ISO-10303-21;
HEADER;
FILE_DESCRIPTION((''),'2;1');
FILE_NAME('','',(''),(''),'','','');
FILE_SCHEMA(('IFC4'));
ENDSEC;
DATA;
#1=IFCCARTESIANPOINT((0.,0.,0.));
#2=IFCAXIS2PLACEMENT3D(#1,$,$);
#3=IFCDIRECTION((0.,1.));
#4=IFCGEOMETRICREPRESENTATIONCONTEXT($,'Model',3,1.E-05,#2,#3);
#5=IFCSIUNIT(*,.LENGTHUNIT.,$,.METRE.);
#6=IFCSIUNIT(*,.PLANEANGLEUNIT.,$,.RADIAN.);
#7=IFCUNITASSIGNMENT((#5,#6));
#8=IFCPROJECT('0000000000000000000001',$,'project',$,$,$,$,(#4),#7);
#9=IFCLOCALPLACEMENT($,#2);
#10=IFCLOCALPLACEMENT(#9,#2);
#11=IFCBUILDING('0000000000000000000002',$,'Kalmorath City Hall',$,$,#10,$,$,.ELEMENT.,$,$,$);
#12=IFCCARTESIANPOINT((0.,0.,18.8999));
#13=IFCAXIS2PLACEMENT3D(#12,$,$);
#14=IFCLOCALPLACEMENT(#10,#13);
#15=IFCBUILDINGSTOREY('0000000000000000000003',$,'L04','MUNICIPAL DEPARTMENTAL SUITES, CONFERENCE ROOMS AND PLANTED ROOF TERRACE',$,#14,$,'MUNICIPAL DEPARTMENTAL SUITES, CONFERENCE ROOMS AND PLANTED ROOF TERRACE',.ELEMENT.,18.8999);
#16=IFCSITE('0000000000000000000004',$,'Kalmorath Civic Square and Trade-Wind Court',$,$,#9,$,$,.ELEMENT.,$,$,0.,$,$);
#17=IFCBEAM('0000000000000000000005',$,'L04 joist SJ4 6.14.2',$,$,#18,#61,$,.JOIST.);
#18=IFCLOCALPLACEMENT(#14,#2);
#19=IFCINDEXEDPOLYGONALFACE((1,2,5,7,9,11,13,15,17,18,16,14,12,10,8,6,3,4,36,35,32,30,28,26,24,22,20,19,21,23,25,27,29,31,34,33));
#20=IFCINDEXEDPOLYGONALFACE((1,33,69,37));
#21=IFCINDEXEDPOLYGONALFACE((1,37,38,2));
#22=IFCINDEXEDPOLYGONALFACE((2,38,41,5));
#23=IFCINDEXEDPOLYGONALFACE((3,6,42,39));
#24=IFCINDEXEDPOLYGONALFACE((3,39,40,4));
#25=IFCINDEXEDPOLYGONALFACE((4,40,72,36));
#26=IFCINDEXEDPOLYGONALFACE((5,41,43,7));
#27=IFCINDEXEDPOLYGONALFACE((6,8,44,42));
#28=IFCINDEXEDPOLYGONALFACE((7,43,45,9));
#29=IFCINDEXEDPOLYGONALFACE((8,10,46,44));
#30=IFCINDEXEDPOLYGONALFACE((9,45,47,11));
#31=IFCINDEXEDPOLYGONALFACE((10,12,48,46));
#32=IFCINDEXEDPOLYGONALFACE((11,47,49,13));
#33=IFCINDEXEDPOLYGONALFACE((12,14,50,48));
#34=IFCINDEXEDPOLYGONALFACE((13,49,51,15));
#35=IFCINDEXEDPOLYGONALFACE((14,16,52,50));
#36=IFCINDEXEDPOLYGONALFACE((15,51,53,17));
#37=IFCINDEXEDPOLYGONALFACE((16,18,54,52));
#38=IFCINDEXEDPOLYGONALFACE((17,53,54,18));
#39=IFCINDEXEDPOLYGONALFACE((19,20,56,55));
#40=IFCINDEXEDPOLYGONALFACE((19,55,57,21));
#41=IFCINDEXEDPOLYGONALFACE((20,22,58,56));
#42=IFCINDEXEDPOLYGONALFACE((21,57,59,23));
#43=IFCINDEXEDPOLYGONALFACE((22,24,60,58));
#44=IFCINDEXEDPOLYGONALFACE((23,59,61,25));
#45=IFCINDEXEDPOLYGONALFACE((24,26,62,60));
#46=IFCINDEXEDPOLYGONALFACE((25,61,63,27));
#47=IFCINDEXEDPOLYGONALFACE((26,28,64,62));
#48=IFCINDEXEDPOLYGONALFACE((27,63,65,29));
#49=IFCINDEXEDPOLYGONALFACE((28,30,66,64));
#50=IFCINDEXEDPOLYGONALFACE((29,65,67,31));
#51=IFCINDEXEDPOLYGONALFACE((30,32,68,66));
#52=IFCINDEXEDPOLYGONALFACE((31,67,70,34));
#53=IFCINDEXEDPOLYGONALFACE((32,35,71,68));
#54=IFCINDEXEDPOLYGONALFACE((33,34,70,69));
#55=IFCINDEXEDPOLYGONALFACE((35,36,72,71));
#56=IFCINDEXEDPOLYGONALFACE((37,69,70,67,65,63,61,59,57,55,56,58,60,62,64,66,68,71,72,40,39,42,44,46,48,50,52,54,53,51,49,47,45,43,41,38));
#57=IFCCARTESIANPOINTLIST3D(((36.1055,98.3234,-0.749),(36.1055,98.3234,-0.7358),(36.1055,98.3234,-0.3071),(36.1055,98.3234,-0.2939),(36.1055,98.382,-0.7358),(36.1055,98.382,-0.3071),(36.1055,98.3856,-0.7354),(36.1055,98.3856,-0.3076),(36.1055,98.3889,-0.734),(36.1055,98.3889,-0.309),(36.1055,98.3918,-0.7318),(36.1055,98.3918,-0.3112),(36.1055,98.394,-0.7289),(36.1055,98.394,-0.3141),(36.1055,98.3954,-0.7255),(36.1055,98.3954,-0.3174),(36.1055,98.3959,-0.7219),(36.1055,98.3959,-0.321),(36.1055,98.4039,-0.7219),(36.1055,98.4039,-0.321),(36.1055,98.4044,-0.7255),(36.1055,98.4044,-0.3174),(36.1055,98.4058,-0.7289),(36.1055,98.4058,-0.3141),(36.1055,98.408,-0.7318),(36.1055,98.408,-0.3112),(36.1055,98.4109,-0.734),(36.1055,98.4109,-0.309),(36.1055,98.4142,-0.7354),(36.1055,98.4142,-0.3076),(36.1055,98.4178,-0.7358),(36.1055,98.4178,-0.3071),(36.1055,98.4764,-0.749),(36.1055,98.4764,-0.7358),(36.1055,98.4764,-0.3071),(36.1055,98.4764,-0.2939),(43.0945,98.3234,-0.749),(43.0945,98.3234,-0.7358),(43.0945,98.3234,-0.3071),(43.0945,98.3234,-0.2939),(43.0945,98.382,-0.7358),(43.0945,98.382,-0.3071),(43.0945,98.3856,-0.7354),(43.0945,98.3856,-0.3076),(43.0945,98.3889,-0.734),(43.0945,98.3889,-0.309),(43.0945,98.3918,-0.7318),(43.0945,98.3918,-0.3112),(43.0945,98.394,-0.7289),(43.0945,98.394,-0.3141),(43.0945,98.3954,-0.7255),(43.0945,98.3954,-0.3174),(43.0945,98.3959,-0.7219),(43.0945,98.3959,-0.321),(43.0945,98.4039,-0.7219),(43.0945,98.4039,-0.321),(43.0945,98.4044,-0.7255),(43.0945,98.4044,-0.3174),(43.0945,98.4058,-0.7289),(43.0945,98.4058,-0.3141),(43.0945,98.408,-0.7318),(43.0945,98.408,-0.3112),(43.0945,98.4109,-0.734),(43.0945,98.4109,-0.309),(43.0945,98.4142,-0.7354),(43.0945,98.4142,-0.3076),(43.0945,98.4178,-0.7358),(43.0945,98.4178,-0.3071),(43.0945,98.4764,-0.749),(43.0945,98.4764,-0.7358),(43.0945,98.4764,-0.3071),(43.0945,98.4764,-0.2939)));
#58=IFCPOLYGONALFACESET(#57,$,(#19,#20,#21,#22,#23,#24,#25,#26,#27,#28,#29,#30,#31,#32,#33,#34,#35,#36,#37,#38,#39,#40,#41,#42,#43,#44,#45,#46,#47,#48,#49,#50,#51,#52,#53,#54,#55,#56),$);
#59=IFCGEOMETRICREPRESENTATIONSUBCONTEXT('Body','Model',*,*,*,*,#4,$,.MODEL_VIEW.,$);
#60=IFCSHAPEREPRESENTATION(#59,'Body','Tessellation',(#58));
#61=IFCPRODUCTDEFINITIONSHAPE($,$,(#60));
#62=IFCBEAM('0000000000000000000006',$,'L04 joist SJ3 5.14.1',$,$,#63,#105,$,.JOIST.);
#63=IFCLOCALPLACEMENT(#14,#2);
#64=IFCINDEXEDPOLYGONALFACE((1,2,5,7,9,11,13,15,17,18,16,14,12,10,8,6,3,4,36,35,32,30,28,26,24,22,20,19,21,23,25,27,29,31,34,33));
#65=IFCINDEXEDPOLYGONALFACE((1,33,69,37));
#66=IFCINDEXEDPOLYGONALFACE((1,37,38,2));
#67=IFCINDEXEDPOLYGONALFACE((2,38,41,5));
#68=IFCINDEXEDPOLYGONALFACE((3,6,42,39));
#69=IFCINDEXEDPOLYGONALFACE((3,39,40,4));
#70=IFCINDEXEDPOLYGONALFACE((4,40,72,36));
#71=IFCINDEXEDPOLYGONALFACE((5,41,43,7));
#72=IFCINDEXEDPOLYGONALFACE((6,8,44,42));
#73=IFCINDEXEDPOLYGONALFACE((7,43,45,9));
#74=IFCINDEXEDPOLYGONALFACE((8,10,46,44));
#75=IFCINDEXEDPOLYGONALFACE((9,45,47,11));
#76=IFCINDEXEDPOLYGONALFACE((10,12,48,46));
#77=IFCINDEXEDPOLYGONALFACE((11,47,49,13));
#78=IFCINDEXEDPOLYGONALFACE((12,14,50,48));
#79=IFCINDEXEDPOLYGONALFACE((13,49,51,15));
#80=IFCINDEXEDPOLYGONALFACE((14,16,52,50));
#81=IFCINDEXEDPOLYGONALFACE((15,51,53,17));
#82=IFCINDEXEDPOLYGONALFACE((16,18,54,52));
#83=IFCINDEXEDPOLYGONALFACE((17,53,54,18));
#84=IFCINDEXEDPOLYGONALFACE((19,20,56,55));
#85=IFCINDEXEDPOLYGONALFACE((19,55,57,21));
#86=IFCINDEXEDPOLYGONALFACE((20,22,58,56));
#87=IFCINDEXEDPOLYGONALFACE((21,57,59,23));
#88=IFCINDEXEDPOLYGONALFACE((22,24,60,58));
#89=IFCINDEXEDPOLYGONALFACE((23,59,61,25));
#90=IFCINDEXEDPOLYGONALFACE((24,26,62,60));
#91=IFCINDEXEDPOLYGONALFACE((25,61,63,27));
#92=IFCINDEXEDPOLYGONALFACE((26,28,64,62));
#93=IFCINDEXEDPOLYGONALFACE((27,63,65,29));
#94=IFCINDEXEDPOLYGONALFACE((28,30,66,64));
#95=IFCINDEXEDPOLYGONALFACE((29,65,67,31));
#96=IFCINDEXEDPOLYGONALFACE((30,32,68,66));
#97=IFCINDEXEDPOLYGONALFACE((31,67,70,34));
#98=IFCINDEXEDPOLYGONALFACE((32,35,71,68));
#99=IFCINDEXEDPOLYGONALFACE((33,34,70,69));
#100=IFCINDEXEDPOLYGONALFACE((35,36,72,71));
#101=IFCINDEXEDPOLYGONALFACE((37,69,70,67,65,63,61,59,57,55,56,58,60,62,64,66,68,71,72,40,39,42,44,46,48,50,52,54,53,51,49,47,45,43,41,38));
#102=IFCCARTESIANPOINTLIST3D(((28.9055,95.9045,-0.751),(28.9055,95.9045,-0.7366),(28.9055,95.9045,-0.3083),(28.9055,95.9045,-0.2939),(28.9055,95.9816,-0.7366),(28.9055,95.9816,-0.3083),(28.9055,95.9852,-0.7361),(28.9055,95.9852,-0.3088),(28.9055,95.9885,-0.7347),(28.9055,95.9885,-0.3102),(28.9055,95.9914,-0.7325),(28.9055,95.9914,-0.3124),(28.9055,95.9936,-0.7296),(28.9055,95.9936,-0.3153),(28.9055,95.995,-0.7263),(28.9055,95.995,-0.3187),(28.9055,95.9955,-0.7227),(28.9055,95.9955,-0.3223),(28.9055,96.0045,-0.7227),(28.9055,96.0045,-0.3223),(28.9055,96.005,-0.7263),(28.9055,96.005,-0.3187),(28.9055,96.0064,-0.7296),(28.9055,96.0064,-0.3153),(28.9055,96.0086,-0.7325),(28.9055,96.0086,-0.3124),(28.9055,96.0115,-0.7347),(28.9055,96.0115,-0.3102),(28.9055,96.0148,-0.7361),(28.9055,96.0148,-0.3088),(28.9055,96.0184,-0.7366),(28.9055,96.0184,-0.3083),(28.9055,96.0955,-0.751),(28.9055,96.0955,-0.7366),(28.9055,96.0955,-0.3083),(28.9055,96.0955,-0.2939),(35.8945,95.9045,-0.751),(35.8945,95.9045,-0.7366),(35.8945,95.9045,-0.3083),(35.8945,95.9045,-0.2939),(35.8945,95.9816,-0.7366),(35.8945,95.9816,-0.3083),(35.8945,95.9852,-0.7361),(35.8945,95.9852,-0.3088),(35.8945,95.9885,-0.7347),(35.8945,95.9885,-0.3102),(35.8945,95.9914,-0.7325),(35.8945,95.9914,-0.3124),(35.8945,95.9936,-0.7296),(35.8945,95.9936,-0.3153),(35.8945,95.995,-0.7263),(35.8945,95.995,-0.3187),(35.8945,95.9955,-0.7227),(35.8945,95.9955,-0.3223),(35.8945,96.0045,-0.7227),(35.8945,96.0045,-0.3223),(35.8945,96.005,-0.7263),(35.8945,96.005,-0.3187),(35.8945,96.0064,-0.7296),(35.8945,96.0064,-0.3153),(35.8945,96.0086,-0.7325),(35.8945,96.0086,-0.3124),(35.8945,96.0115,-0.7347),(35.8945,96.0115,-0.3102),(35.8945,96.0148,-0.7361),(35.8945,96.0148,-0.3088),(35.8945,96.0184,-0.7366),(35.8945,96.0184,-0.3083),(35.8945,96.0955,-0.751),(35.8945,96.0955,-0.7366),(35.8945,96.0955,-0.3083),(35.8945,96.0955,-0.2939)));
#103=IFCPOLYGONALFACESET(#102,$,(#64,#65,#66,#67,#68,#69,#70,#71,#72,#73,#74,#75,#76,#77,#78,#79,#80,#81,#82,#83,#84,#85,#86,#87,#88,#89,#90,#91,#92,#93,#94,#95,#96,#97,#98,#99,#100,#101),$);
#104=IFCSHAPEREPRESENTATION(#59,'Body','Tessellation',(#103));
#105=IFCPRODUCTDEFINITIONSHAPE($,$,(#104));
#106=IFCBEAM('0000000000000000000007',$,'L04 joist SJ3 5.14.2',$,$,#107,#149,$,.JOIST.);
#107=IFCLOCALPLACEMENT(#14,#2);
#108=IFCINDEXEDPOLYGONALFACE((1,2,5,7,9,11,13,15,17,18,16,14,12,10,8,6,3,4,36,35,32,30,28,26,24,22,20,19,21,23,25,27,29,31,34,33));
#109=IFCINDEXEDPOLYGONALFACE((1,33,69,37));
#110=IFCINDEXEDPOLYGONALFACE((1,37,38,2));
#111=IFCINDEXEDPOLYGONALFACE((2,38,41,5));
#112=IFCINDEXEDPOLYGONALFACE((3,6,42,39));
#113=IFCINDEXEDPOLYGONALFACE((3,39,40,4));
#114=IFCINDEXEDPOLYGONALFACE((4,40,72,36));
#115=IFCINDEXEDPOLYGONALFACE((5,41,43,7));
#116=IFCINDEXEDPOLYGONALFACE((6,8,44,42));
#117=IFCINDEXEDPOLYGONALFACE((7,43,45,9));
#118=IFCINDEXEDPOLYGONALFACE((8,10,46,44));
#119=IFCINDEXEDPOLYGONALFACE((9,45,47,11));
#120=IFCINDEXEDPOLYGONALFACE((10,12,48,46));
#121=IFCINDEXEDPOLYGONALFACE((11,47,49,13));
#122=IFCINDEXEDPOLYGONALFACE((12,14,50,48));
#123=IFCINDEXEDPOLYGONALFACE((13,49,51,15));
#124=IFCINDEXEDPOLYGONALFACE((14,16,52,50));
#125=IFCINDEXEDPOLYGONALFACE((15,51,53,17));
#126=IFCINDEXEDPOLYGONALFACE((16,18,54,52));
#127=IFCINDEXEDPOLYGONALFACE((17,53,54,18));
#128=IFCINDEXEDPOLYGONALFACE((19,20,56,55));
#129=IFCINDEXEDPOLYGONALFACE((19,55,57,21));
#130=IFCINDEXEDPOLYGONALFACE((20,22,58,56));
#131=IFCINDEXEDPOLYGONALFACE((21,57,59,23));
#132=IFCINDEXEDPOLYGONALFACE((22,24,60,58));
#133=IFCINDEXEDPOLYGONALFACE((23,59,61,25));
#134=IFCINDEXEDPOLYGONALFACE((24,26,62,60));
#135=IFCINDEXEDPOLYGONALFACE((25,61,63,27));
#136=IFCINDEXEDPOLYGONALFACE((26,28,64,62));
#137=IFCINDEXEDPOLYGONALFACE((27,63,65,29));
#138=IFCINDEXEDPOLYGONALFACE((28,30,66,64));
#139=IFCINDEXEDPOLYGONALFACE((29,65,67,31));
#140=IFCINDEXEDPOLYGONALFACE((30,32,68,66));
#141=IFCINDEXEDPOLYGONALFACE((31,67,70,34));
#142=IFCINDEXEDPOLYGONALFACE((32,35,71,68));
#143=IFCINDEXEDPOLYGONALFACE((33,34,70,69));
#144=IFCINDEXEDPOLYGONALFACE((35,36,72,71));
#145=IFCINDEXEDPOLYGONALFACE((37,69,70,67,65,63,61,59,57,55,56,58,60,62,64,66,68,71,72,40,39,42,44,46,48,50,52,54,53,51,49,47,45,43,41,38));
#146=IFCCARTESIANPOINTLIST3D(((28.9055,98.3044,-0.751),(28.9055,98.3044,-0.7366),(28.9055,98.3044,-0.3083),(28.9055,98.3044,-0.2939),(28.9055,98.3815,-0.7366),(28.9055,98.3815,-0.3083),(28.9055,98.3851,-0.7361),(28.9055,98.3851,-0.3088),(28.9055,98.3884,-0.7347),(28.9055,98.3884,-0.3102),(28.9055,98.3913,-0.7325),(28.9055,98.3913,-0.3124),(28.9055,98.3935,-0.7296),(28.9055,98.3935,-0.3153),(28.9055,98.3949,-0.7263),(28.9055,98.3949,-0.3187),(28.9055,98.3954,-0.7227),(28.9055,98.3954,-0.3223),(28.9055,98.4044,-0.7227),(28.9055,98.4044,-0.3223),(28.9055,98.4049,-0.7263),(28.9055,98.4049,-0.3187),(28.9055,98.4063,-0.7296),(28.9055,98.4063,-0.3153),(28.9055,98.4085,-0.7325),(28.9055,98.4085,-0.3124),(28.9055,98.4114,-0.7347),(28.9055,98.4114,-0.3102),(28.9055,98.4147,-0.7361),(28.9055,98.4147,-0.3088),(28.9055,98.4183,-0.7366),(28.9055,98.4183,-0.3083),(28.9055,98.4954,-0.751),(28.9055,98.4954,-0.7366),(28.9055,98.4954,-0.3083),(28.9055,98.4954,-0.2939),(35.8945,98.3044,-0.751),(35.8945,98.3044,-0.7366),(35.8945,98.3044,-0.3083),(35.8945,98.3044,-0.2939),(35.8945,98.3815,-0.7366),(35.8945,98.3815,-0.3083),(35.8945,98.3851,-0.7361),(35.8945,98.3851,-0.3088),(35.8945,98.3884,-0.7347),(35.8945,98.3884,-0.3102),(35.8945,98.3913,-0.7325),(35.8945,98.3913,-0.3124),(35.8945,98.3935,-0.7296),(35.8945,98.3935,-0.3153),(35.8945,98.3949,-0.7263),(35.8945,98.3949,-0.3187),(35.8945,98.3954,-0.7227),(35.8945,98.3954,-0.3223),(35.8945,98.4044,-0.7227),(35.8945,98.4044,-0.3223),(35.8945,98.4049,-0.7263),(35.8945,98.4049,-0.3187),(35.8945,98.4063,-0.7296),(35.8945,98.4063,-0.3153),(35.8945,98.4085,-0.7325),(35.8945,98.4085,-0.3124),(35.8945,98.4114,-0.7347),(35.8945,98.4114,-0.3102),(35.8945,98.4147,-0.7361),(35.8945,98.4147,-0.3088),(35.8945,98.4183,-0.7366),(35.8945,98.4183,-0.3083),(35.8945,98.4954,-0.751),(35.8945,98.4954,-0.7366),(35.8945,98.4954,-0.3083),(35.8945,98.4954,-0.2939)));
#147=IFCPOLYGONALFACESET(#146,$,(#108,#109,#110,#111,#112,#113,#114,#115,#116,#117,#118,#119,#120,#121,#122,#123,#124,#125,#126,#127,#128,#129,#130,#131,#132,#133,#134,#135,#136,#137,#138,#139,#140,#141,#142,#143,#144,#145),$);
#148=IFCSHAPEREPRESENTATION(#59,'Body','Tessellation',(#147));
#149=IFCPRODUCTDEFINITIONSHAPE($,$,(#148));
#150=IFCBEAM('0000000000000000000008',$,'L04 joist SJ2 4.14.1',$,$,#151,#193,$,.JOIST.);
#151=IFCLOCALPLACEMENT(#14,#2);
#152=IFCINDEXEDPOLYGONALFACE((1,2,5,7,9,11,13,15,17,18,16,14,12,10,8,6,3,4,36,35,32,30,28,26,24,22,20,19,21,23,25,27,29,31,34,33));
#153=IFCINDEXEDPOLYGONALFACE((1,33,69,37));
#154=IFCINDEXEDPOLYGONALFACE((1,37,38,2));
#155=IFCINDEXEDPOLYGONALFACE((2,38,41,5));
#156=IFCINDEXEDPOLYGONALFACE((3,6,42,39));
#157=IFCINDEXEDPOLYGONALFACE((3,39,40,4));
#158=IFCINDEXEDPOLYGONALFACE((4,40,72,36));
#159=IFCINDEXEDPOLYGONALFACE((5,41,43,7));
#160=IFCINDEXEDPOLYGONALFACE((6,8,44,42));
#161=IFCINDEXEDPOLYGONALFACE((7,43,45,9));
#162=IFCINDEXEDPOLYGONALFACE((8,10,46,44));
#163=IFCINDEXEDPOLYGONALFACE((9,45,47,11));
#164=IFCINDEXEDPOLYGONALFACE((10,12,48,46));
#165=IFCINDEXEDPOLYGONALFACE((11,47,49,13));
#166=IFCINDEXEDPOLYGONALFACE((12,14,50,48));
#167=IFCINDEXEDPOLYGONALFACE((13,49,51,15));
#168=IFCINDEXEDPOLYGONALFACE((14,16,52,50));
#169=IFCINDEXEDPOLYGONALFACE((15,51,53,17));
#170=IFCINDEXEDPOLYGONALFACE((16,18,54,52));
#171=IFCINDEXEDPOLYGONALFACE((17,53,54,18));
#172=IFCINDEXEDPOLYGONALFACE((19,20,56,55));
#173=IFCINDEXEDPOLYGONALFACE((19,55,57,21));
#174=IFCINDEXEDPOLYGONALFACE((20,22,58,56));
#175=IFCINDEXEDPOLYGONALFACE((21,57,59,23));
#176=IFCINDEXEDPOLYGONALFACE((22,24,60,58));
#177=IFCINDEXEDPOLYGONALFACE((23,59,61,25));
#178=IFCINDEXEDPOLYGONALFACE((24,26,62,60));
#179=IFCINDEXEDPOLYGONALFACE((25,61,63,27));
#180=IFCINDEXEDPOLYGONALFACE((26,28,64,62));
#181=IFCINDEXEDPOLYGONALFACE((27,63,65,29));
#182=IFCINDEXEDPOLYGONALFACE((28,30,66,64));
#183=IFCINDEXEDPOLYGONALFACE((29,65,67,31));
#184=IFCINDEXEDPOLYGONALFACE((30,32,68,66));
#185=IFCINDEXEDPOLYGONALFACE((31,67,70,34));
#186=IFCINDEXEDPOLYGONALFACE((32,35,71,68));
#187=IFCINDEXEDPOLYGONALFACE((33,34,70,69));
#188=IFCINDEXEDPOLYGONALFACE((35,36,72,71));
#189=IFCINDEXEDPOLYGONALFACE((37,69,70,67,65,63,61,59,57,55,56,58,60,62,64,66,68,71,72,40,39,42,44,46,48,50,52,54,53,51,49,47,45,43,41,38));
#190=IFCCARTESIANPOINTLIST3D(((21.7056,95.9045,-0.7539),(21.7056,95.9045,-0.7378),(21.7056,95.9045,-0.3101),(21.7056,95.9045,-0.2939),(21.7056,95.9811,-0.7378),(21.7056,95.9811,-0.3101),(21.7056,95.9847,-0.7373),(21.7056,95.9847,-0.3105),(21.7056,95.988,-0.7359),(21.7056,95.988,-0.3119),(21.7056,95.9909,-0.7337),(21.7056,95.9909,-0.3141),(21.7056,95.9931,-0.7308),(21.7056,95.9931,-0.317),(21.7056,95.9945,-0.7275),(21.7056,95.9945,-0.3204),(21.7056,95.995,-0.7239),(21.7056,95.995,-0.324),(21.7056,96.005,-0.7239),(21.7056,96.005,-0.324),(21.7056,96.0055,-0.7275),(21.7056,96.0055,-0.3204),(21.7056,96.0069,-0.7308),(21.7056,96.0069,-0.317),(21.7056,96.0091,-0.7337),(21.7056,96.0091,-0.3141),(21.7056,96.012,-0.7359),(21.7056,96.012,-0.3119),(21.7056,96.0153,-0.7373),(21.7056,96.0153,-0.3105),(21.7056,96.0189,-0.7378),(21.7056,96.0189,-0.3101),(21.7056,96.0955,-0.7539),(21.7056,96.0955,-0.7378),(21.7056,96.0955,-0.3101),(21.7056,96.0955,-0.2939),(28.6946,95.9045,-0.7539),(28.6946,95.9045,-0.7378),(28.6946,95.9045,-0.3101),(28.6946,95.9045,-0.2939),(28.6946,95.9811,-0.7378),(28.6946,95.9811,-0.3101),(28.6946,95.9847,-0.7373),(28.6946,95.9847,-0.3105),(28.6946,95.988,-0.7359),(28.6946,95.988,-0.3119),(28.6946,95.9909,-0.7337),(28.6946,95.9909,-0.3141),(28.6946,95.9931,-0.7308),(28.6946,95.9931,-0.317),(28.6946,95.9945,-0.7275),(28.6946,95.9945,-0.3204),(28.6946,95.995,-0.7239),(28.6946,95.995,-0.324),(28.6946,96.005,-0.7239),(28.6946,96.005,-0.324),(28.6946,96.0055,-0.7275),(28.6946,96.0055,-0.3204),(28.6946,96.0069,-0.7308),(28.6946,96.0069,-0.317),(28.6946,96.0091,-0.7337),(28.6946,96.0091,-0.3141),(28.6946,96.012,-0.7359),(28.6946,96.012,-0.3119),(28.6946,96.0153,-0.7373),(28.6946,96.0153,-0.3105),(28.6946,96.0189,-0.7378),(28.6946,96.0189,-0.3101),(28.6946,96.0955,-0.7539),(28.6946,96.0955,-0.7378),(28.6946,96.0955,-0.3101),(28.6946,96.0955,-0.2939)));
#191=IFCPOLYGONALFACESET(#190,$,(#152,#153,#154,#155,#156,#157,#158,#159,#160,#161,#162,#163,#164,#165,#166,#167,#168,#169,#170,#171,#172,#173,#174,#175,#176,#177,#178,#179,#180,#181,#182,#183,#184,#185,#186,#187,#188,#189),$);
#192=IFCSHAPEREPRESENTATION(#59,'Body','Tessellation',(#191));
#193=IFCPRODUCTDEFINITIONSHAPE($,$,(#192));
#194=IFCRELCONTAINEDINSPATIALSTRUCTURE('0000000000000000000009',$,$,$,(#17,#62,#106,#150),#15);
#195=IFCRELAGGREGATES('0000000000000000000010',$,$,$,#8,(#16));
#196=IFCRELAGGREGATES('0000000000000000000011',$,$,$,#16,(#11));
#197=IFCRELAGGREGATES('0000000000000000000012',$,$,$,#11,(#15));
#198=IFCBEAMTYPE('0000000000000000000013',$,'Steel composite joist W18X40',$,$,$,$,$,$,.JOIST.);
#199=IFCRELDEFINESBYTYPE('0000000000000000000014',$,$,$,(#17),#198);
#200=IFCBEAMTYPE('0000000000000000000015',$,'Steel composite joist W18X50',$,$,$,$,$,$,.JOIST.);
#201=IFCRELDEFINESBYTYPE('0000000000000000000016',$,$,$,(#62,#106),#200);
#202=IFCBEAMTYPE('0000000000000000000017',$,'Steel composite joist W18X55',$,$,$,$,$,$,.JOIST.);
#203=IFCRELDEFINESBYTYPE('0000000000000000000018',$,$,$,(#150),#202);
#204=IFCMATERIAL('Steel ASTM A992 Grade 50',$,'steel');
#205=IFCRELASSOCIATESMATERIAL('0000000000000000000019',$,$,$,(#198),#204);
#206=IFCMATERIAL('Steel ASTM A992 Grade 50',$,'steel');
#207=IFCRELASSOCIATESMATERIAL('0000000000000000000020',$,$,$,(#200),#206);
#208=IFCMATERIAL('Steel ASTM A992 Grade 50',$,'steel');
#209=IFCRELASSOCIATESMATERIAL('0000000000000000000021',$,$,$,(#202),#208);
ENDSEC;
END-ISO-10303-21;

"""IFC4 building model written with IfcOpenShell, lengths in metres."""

from ifc_helpers import new_model, si_unit, direction, frame, origin, origin_2d, place, context, subcontext, project, spatial, i_section, extrude, material, material_profile, profile_set, type_object, element, save


model = new_model("IFC4")

# Units and contexts
model_context = context("Model", 3, precision=1e-05, world=origin(), true_north=direction((0.0, 1.0)))
body_context = subcontext(model_context, "Body", "Model", "MODEL_VIEW")
ifc_project = project(units=[si_unit("LENGTHUNIT", "METRE"), si_unit("PLANEANGLEUNIT", "RADIAN")], contexts=[model_context])

# Site, building, storey
site_placement = place(None, origin())
site = spatial("IfcSite", under=ifc_project, at=site_placement, Name="Kalmorath Civic Square and Trade-Wind Court", CompositionType="ELEMENT", RefElevation=0.0)
building_placement = place(site_placement, origin())
building = spatial("IfcBuilding", under=site, at=building_placement, Name="Kalmorath City Hall", CompositionType="ELEMENT")
storey_placement = place(building_placement, frame((0.0, 0.0, 18.8999)))
storey = spatial("IfcBuildingStorey", under=building, at=storey_placement, Name="L04", Description="MUNICIPAL DEPARTMENTAL SUITES, CONFERENCE ROOMS AND PLANTED ROOF TERRACE", LongName="MUNICIPAL DEPARTMENTAL SUITES, CONFERENCE ROOMS AND PLANTED ROOF TERRACE", CompositionType="ELEMENT", Elevation=18.8999)

# Beams
ifc_material_1 = material(Name="Steel ASTM A992 Grade 50", Category="steel")
ifc_material_profile_1 = material_profile(ifc_material_1, i_section(OverallWidth=0.1531, OverallDepth=0.4551, WebThickness=0.0081, FlangeThickness=0.0132, FilletRadius=0.0139, at=origin_2d()), Name="W18X40")
ifc_profile_set_1 = profile_set([ifc_material_profile_1], Name="Steel ASTM A992 Grade 50")
beam_type_1 = type_object("IfcBeamType", Name="Steel composite joist W18X40", PredefinedType="JOIST", material=ifc_profile_set_1)
for number, where, z_axis, x_axis, name in (
    (1, (36.1055, 98.3999, -0.5215), (1.0, 0.0, 0.0), (0.0, 1.0, 0.0), "L04 joist SJ4 6.14.2"),
):
    element("IfcBeam", number, at=place(storey_placement, frame(where, z_axis=z_axis, x_axis=x_axis)), inside=storey, type_object=beam_type_1, Name=name, PredefinedType="JOIST", context=body_context, shape_type="SweptSolid", body=[
        extrude(i_section(OverallWidth=0.1531, OverallDepth=0.4551, WebThickness=0.0081, FlangeThickness=0.0132, FilletRadius=0.0139, at=origin_2d()), origin(), (0.0, 0.0, 1.0), 6.989),
    ])
ifc_material_2 = material(Name="Steel ASTM A992 Grade 50", Category="steel")
ifc_material_profile_2 = material_profile(ifc_material_2, i_section(OverallWidth=0.1909, OverallDepth=0.457, WebThickness=0.009, FlangeThickness=0.0144, FilletRadius=0.0139, at=origin_2d()), Name="W18X50")
ifc_profile_set_2 = profile_set([ifc_material_profile_2], Name="Steel ASTM A992 Grade 50")
beam_type_2 = type_object("IfcBeamType", Name="Steel composite joist W18X50", PredefinedType="JOIST", material=ifc_profile_set_2)
for number, where, z_axis, x_axis, name in (
    (2, (28.9055, 96.0, -0.5225), (1.0, 0.0, 0.0), (0.0, 1.0, 0.0), "L04 joist SJ3 5.14.1"),
    (3, (28.9055, 98.3999, -0.5225), (1.0, 0.0, 0.0), (0.0, 1.0, 0.0), "L04 joist SJ3 5.14.2"),
):
    element("IfcBeam", number, at=place(storey_placement, frame(where, z_axis=z_axis, x_axis=x_axis)), inside=storey, type_object=beam_type_2, Name=name, PredefinedType="JOIST", context=body_context, shape_type="SweptSolid", body=[
        extrude(i_section(OverallWidth=0.1909, OverallDepth=0.457, WebThickness=0.009, FlangeThickness=0.0144, FilletRadius=0.0139, at=origin_2d()), origin(), (0.0, 0.0, 1.0), 6.989),
    ])
ifc_material_3 = material(Name="Steel ASTM A992 Grade 50", Category="steel")
ifc_material_profile_3 = material_profile(ifc_material_3, i_section(OverallWidth=0.1909, OverallDepth=0.46, WebThickness=0.01, FlangeThickness=0.0161, FilletRadius=0.0139, at=origin_2d()), Name="W18X55")
ifc_profile_set_3 = profile_set([ifc_material_profile_3], Name="Steel ASTM A992 Grade 50")
beam_type_3 = type_object("IfcBeamType", Name="Steel composite joist W18X55", PredefinedType="JOIST", material=ifc_profile_set_3)
for number, where, z_axis, x_axis, name in (
    (4, (21.7056, 96.0, -0.5239), (1.0, 0.0, 0.0), (0.0, 1.0, 0.0), "L04 joist SJ2 4.14.1"),
):
    element("IfcBeam", number, at=place(storey_placement, frame(where, z_axis=z_axis, x_axis=x_axis)), inside=storey, type_object=beam_type_3, Name=name, PredefinedType="JOIST", context=body_context, shape_type="SweptSolid", body=[
        extrude(i_section(OverallWidth=0.1909, OverallDepth=0.46, WebThickness=0.01, FlangeThickness=0.0161, FilletRadius=0.0139, at=origin_2d()), origin(), (0.0, 0.0, 1.0), 6.989),
    ])

save(model, "model.ifc")
